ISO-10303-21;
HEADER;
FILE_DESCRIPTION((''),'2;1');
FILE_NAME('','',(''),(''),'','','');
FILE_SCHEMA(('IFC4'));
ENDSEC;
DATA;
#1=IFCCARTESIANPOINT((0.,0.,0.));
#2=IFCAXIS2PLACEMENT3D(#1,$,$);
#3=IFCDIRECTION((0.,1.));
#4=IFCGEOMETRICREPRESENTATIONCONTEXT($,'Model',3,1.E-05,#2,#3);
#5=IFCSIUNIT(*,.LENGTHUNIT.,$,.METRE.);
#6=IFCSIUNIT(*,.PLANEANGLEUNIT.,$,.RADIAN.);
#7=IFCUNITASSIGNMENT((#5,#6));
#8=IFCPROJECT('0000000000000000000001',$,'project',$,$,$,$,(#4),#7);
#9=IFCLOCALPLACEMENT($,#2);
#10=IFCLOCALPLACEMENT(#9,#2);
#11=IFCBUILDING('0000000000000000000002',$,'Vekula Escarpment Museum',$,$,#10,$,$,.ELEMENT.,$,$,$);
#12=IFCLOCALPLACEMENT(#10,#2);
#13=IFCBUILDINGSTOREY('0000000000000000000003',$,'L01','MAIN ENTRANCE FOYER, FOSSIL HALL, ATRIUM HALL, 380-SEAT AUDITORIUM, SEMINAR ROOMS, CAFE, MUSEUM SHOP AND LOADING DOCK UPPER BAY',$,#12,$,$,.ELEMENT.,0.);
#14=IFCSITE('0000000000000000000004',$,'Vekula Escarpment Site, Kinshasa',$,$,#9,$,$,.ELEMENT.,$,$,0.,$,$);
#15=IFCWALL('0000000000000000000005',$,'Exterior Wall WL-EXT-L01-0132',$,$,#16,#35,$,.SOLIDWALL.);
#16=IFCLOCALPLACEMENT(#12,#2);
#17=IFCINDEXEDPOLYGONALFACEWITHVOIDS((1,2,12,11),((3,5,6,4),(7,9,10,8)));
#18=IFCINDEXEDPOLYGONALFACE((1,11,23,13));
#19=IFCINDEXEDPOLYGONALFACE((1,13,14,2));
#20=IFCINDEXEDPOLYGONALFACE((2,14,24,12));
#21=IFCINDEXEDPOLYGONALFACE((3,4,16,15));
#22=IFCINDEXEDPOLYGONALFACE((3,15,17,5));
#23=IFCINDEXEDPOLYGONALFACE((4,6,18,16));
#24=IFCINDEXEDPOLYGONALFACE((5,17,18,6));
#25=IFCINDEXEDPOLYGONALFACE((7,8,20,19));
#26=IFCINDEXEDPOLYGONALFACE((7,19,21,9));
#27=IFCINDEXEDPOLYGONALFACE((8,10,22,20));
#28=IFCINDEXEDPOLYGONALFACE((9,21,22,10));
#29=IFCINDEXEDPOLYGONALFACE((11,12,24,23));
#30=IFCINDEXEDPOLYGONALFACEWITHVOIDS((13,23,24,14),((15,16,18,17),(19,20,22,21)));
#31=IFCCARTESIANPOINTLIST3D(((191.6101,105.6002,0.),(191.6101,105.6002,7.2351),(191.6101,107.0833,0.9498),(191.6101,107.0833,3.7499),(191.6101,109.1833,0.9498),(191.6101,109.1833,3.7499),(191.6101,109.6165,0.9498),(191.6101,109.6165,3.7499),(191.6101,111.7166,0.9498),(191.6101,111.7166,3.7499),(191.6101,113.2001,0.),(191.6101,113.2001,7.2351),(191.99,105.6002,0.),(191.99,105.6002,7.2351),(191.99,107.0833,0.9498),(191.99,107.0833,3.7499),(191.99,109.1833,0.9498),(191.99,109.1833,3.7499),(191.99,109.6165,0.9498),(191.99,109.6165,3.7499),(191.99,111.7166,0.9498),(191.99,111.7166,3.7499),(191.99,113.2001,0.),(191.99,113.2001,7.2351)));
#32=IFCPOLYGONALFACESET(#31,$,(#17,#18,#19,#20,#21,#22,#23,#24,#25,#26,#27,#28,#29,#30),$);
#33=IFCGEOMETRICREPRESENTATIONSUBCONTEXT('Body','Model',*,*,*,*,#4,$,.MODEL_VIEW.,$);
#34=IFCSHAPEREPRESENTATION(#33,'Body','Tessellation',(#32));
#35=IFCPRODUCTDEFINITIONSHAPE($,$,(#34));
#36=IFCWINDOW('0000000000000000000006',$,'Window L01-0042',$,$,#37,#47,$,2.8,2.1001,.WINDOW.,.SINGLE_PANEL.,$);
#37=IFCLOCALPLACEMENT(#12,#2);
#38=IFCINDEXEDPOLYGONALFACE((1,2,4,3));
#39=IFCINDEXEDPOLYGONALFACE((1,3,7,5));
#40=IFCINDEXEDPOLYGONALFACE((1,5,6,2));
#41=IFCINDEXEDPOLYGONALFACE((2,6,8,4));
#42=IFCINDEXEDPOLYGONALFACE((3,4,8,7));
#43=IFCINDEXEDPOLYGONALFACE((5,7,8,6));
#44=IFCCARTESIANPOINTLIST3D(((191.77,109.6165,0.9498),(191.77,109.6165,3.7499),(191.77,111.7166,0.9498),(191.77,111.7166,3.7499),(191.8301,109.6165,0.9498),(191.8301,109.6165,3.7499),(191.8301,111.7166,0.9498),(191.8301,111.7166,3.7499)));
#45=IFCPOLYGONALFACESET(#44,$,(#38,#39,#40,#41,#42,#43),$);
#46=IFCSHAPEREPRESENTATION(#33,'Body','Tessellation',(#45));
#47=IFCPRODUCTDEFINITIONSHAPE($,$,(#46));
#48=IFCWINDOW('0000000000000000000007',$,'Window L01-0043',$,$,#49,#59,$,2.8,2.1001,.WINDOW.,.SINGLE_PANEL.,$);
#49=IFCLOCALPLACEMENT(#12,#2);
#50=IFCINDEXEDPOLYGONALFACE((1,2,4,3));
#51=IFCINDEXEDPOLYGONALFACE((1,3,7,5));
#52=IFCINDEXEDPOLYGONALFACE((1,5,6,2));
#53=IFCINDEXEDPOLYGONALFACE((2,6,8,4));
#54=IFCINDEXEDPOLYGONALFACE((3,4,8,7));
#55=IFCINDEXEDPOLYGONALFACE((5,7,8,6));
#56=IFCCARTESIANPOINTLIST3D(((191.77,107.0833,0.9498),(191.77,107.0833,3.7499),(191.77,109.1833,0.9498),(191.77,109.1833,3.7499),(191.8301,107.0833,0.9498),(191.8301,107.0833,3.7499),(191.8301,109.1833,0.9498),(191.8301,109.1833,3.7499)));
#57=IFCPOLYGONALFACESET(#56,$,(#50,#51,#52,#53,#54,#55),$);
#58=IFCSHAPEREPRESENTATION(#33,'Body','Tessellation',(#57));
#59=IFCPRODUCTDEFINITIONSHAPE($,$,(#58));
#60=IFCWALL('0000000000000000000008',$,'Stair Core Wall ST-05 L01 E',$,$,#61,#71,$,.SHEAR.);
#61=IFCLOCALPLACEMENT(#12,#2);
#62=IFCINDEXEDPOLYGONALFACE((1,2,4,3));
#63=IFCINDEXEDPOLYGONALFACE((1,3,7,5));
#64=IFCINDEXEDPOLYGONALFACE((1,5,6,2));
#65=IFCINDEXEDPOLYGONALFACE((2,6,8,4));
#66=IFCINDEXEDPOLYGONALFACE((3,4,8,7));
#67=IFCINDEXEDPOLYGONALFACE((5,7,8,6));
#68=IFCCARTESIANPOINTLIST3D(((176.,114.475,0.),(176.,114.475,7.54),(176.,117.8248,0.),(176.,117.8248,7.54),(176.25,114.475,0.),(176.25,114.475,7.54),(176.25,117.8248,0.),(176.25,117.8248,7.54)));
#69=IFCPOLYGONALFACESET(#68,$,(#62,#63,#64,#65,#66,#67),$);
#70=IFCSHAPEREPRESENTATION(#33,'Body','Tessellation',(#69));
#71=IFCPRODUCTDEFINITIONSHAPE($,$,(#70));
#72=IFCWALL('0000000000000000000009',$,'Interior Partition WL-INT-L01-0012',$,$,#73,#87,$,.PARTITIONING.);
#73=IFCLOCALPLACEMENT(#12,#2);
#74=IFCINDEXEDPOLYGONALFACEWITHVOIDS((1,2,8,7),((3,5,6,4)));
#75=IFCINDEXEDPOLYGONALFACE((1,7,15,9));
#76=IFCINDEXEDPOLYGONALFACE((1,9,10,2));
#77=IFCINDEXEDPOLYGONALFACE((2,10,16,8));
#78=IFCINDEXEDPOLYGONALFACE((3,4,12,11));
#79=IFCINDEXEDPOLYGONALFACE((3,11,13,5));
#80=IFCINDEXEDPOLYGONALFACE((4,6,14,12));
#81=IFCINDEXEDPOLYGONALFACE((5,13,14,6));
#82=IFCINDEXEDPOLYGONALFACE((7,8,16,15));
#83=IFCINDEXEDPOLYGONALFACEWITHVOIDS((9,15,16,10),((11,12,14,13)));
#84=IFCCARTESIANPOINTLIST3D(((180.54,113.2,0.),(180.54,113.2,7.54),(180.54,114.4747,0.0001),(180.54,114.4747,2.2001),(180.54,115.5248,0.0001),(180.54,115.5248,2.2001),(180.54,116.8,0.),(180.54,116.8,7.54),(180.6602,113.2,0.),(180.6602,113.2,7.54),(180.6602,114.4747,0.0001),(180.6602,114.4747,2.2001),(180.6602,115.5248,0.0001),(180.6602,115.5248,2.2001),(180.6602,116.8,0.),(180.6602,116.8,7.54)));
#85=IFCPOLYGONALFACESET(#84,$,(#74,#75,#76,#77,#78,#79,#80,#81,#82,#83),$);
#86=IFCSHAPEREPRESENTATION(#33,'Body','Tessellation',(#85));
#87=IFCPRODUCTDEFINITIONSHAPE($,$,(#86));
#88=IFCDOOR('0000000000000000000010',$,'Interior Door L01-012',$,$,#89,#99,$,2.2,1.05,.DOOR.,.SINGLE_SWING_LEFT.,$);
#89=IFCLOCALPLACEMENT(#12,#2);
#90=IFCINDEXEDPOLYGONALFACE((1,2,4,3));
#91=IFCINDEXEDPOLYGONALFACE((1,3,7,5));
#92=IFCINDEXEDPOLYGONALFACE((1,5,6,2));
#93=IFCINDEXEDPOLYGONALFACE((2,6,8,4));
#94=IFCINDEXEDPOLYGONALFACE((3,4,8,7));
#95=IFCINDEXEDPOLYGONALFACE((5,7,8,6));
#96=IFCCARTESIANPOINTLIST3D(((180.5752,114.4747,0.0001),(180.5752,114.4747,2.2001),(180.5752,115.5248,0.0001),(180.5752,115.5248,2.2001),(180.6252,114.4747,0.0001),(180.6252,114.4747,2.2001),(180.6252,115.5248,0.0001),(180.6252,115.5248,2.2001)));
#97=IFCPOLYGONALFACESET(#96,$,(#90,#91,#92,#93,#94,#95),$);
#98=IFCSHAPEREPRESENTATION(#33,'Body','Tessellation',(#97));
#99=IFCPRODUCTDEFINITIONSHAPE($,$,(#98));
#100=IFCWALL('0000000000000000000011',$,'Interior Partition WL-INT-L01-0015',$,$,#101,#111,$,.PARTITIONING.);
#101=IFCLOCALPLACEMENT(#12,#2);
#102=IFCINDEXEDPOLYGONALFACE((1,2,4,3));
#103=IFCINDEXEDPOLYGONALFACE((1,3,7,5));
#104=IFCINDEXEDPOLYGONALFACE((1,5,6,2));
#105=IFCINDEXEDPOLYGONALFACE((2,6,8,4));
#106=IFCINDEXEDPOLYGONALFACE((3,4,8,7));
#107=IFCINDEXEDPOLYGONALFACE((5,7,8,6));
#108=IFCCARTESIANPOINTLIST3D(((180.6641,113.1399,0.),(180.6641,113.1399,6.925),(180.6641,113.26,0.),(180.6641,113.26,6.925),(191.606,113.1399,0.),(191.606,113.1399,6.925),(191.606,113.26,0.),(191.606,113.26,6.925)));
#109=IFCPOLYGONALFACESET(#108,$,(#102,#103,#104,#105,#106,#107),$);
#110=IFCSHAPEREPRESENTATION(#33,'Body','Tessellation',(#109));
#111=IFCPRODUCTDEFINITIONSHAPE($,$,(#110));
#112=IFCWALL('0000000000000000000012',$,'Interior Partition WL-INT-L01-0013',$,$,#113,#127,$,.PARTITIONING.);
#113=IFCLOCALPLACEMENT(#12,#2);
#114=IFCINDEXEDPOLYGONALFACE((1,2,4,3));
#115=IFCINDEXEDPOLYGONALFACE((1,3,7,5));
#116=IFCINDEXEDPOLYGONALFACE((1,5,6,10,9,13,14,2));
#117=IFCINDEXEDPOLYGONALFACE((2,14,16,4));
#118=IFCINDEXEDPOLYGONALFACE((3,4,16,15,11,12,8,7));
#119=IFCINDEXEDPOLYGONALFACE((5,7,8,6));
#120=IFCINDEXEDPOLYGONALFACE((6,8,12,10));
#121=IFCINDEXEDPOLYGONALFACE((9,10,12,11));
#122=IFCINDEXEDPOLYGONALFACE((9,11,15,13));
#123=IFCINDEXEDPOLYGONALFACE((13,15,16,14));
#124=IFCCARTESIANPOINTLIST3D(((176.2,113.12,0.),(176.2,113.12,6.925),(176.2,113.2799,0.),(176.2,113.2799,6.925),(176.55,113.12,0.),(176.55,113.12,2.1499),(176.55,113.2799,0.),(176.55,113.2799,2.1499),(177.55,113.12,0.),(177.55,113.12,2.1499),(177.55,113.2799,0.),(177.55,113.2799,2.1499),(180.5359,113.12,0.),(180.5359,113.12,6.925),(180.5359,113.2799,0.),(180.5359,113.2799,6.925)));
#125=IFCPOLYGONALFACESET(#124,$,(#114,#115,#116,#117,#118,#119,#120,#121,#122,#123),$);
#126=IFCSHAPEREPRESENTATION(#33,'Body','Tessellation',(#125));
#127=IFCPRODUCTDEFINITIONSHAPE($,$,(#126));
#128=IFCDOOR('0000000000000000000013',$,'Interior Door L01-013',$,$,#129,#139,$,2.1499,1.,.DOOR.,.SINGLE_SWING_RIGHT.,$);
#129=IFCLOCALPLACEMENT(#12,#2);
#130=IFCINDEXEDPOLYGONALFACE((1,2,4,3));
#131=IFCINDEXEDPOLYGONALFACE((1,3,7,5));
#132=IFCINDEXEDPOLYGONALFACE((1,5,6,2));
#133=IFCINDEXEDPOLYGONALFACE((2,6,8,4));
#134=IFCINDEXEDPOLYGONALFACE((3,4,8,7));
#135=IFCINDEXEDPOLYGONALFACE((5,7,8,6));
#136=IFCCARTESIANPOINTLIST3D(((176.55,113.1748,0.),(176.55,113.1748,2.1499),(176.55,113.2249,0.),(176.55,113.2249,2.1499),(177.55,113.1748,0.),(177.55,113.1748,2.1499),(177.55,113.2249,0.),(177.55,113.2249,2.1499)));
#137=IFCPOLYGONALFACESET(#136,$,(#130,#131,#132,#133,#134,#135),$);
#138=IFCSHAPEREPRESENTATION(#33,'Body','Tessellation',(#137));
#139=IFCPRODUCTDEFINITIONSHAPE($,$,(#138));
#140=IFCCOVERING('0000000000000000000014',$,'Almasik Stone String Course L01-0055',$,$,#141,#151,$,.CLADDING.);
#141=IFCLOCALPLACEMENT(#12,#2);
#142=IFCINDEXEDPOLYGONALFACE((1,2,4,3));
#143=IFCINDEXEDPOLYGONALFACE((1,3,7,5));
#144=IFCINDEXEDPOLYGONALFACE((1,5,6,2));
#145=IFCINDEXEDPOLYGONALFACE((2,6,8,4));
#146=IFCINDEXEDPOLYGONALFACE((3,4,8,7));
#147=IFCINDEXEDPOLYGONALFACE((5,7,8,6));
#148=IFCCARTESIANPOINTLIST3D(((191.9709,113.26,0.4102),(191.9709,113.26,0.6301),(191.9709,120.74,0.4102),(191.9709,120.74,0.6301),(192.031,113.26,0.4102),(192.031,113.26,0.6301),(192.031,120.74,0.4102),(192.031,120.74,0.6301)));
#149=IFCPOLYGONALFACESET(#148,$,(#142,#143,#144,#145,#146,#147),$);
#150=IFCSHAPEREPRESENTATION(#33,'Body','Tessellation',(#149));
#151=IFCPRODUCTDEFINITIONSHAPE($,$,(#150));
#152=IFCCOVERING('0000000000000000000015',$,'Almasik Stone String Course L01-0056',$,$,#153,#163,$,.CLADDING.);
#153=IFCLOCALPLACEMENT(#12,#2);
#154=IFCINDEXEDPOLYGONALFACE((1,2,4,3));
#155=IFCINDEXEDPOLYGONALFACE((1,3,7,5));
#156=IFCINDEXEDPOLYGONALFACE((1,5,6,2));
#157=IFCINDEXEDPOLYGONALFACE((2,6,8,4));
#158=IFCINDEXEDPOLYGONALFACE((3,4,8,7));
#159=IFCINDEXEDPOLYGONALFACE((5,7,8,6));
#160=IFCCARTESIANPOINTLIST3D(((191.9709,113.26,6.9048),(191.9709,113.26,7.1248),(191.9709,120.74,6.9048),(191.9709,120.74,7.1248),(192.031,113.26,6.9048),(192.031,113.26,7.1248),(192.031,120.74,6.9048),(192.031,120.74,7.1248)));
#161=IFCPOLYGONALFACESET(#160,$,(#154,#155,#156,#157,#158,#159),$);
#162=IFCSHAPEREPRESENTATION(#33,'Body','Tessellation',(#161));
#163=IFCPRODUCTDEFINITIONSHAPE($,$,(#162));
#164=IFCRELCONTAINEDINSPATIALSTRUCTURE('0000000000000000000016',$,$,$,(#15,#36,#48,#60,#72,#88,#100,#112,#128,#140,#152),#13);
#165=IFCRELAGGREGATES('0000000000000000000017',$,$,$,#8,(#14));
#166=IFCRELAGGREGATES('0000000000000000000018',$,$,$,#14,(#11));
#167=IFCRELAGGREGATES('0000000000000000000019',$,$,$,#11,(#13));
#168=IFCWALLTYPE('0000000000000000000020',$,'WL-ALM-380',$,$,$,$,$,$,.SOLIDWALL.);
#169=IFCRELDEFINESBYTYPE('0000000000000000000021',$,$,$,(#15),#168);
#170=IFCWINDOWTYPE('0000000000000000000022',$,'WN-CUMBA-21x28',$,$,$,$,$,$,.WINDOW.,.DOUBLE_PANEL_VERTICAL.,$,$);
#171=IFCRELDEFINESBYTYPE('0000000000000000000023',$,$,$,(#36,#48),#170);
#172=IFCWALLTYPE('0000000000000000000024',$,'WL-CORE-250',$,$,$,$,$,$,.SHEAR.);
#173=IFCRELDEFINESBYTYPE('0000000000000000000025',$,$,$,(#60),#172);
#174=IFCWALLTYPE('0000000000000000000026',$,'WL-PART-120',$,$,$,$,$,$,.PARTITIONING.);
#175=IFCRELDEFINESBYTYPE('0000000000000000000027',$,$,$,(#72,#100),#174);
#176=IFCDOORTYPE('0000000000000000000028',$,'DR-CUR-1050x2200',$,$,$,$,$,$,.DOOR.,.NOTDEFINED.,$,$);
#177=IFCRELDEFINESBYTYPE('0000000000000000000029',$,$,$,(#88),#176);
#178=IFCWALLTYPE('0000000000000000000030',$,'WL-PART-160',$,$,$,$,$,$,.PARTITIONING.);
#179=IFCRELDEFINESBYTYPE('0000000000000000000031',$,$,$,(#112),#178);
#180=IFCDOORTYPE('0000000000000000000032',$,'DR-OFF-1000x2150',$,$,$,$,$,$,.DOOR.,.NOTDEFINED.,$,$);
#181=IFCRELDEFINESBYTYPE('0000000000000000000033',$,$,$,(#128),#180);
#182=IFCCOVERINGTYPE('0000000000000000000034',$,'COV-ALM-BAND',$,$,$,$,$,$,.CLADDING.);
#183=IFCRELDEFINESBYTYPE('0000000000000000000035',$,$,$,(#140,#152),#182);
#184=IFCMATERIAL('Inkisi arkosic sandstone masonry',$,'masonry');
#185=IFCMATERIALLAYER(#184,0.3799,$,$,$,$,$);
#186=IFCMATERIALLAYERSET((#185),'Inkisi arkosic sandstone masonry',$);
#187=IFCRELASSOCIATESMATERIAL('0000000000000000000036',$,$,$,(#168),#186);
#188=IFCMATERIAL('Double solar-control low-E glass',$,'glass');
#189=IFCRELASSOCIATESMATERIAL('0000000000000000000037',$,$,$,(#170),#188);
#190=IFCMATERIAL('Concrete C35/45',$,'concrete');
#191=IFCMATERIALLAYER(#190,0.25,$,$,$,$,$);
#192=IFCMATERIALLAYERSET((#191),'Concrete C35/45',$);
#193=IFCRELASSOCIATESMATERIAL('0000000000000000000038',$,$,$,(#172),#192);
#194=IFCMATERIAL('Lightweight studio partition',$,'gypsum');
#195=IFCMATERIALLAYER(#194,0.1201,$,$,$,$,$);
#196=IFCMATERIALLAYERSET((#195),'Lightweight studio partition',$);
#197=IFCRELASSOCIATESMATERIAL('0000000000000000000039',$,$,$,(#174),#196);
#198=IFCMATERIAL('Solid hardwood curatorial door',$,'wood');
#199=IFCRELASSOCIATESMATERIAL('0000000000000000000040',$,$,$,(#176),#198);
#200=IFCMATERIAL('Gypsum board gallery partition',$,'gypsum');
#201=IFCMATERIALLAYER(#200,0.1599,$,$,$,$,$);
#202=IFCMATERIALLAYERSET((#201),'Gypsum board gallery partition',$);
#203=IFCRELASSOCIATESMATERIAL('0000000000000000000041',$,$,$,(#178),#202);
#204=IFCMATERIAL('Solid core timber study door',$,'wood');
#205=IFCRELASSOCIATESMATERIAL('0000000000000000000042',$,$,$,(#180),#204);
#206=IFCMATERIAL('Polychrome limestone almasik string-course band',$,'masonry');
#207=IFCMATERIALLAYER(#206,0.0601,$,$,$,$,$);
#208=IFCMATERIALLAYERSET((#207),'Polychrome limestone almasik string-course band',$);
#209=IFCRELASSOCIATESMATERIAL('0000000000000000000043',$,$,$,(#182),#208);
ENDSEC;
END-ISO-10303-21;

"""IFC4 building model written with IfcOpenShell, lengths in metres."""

from ifc_helpers import new_model, si_unit, direction, frame, frame_2d, origin, origin_2d, place, context, subcontext, project, spatial, rectangle, extrude, material, layer, layer_set, type_object, element, fill, save


model = new_model("IFC4")

# Units and contexts
model_context = context("Model", 3, precision=1e-05, world=origin(), true_north=direction((0.0, 1.0)))
body_context = subcontext(model_context, "Body", "Model", "MODEL_VIEW")
ifc_project = project(units=[si_unit("LENGTHUNIT", "METRE"), si_unit("PLANEANGLEUNIT", "RADIAN")], contexts=[model_context])

# Site, building, storey
site_placement = place(None, origin())
site = spatial("IfcSite", under=ifc_project, at=site_placement, Name="Vekula Escarpment Site, Kinshasa", CompositionType="ELEMENT", RefElevation=0.0)
building_placement = place(site_placement, origin())
building = spatial("IfcBuilding", under=site, at=building_placement, Name="Vekula Escarpment Museum", CompositionType="ELEMENT")
storey_placement = place(building_placement, origin())
storey = spatial("IfcBuildingStorey", under=building, at=storey_placement, Name="L01", Description="MAIN ENTRANCE FOYER, FOSSIL HALL, ATRIUM HALL, 380-SEAT AUDITORIUM, SEMINAR ROOMS, CAFE, MUSEUM SHOP AND LOADING DOCK UPPER BAY", CompositionType="ELEMENT", Elevation=0.0)

# Wall, openings, windows
ifc_material_1 = material(Name="Inkisi arkosic sandstone masonry", Category="masonry")
ifc_layer_1 = layer(ifc_material_1, 0.3799)
ifc_layer_set_1 = layer_set([ifc_layer_1], Name="Inkisi arkosic sandstone masonry")
wall_type_1 = type_object("IfcWallType", Name="WL-ALM-380", PredefinedType="SOLIDWALL", material=ifc_layer_set_1)
wall_1_placement = place(storey_placement, frame((191.8, 113.2, 0.0), z_axis=(0.0, 0.0, 1.0), x_axis=(0.0, -1.0, 0.0)))
wall_1 = element("IfcWall", 1, at=wall_1_placement, inside=storey, type_object=wall_type_1, Name="Exterior Wall WL-EXT-L01-0132", PredefinedType="SOLIDWALL", context=body_context, shape_type="SweptSolid", body=[
    extrude(rectangle(XDim=7.5999, YDim=0.3799, at=frame_2d((3.7998, 0.0))), origin(), (0.0, 0.0, 1.0), 7.2351),
])
opening_1_placement = place(wall_1_placement, frame((1.4834, 0.0, 0.95)))
opening_1 = element("IfcOpeningElement", 2, at=opening_1_placement, cuts=wall_1, PredefinedType="OPENING", context=body_context, shape_type="SweptSolid", body=[
    extrude(rectangle(XDim=2.1001, YDim=2.8, at=frame_2d((1.05, 1.3999))), frame((0.0, 0.2, 0.0), z_axis=(0.0, -1.0, 0.0), x_axis=(1.0, 0.0, 0.0)), (0.0, 0.0, 1.0), 0.3999),
])
opening_2_placement = place(wall_1_placement, frame((4.0166, 0.0, 0.95)))
opening_2 = element("IfcOpeningElement", 3, at=opening_2_placement, cuts=wall_1, PredefinedType="OPENING", context=body_context, shape_type="SweptSolid", body=[
    extrude(rectangle(XDim=2.1001, YDim=2.8, at=frame_2d((1.05, 1.3999))), frame((0.0, 0.2, 0.0), z_axis=(0.0, -1.0, 0.0), x_axis=(1.0, 0.0, 0.0)), (0.0, 0.0, 1.0), 0.3999),
])
ifc_material_2 = material(Name="Double solar-control low-E glass", Category="glass")
window_type = type_object("IfcWindowType", Name="WN-CUMBA-21x28", PartitioningType="DOUBLE_PANEL_VERTICAL", PredefinedType="WINDOW", material=ifc_material_2)
window_1_placement = place(opening_1_placement, origin())
window_1 = element("IfcWindow", 4, at=window_1_placement, inside=storey, type_object=window_type, Name="Window L01-0042", OverallHeight=2.8, OverallWidth=2.1001, PartitioningType="SINGLE_PANEL", PredefinedType="WINDOW", context=body_context, shape_type="SweptSolid", body=[
    extrude(rectangle(XDim=2.1001, YDim=2.8, at=frame_2d((1.05, 1.3999))), frame((0.0, 0.03, 0.0), z_axis=(0.0, -1.0, 0.0), x_axis=(1.0, 0.0, 0.0)), (0.0, 0.0, 1.0), 0.0601),
])
fill(opening_1, window_1)
window_2_placement = place(opening_2_placement, origin())
window_2 = element("IfcWindow", 5, at=window_2_placement, inside=storey, type_object=window_type, Name="Window L01-0043", OverallHeight=2.8, OverallWidth=2.1001, PartitioningType="SINGLE_PANEL", PredefinedType="WINDOW", context=body_context, shape_type="SweptSolid", body=[
    extrude(rectangle(XDim=2.1001, YDim=2.8, at=frame_2d((1.05, 1.3999))), frame((0.0, 0.03, 0.0), z_axis=(0.0, -1.0, 0.0), x_axis=(1.0, 0.0, 0.0)), (0.0, 0.0, 1.0), 0.0601),
])
fill(opening_2, window_2)

# Wall
ifc_material_3 = material(Name="Concrete C35/45", Category="concrete")
ifc_layer_2 = layer(ifc_material_3, 0.25)
ifc_layer_set_2 = layer_set([ifc_layer_2], Name="Concrete C35/45")
wall_type_2 = type_object("IfcWallType", Name="WL-CORE-250", PredefinedType="SHEAR", material=ifc_layer_set_2)
wall_2_placement = place(storey_placement, frame((176.125, 114.4751, 0.0), z_axis=(0.0, 0.0, 1.0), x_axis=(0.0, 1.0, 0.0)))
element("IfcWall", 6, at=wall_2_placement, inside=storey, type_object=wall_type_2, Name="Stair Core Wall ST-05 L01 E", PredefinedType="SHEAR", context=body_context, shape_type="SweptSolid", body=[
    extrude(rectangle(XDim=3.3499, YDim=0.25, at=frame_2d((1.6748, 0.0))), origin(), (0.0, 0.0, 1.0), 7.54),
])

# Wall, opening, door
ifc_material_4 = material(Name="Lightweight studio partition", Category="gypsum")
ifc_layer_3 = layer(ifc_material_4, 0.1201)
ifc_layer_set_3 = layer_set([ifc_layer_3], Name="Lightweight studio partition")
wall_type_3 = type_object("IfcWallType", Name="WL-PART-120", PredefinedType="PARTITIONING", material=ifc_layer_set_3)
wall_3_placement = place(storey_placement, frame((180.6001, 113.2, 0.0), z_axis=(0.0, 0.0, 1.0), x_axis=(0.0, 1.0, 0.0)))
wall_3 = element("IfcWall", 7, at=wall_3_placement, inside=storey, type_object=wall_type_3, Name="Interior Partition WL-INT-L01-0012", PredefinedType="PARTITIONING", context=body_context, shape_type="SweptSolid", body=[
    extrude(rectangle(XDim=3.6001, YDim=0.1201, at=frame_2d((1.8, 0.0))), origin(), (0.0, 0.0, 1.0), 7.54),
])
opening_3_placement = place(wall_3_placement, frame((1.2749, 0.0, 0.0)))
opening_3 = element("IfcOpeningElement", 8, at=opening_3_placement, cuts=wall_3, PredefinedType="OPENING", context=body_context, shape_type="SweptSolid", body=[
    extrude(rectangle(XDim=1.05, YDim=2.2, at=frame_2d((0.5249, 1.1001))), frame((0.0, 0.0701, 0.0), z_axis=(0.0, -1.0, 0.0), x_axis=(1.0, 0.0, 0.0)), (0.0, 0.0, 1.0), 0.1401),
])
ifc_material_5 = material(Name="Solid hardwood curatorial door", Category="wood")
door_type_1 = type_object("IfcDoorType", Name="DR-CUR-1050x2200", OperationType="NOTDEFINED", PredefinedType="DOOR", material=ifc_material_5)
door_1_placement = place(opening_3_placement, origin())
door_1 = element("IfcDoor", 9, at=door_1_placement, inside=storey, type_object=door_type_1, Name="Interior Door L01-012", OperationType="SINGLE_SWING_LEFT", OverallHeight=2.2, OverallWidth=1.05, PredefinedType="DOOR", context=body_context, shape_type="SweptSolid", body=[
    extrude(rectangle(XDim=1.05, YDim=2.2, at=frame_2d((0.5249, 1.1001))), frame((0.0, 0.0249, 0.0), z_axis=(0.0, -1.0, 0.0), x_axis=(1.0, 0.0, 0.0)), (0.0, 0.0, 1.0), 0.05),
])
fill(opening_3, door_1)

# Wall
wall_4_placement = place(storey_placement, frame((180.6641, 113.2, 0.0), z_axis=(0.0, 0.0, 1.0), x_axis=(1.0, 0.0, 0.0)))
element("IfcWall", 10, at=wall_4_placement, inside=storey, type_object=wall_type_3, Name="Interior Partition WL-INT-L01-0015", PredefinedType="PARTITIONING", context=body_context, shape_type="SweptSolid", body=[
    extrude(rectangle(XDim=10.9419, YDim=0.1201, at=frame_2d((5.4709, 0.0))), origin(), (0.0, 0.0, 1.0), 6.925),
])

# Wall, opening, door
ifc_material_6 = material(Name="Gypsum board gallery partition", Category="gypsum")
ifc_layer_4 = layer(ifc_material_6, 0.1599)
ifc_layer_set_4 = layer_set([ifc_layer_4], Name="Gypsum board gallery partition")
wall_type_4 = type_object("IfcWallType", Name="WL-PART-160", PredefinedType="PARTITIONING", material=ifc_layer_set_4)
wall_5_placement = place(storey_placement, frame((176.2, 113.2, 0.0), z_axis=(0.0, 0.0, 1.0), x_axis=(1.0, 0.0, 0.0)))
wall_5 = element("IfcWall", 11, at=wall_5_placement, inside=storey, type_object=wall_type_4, Name="Interior Partition WL-INT-L01-0013", PredefinedType="PARTITIONING", context=body_context, shape_type="SweptSolid", body=[
    extrude(rectangle(XDim=4.3359, YDim=0.1599, at=frame_2d((2.168, 0.0))), origin(), (0.0, 0.0, 1.0), 6.925),
])
opening_4_placement = place(wall_5_placement, frame((0.3501, 0.0, 0.0)))
opening_4 = element("IfcOpeningElement", 12, at=opening_4_placement, cuts=wall_5, PredefinedType="OPENING", context=body_context, shape_type="SweptSolid", body=[
    extrude(rectangle(XDim=1.0, YDim=2.1499, at=frame_2d((0.5, 1.075))), frame((0.0, 0.0898, 0.0), z_axis=(0.0, -1.0, 0.0), x_axis=(1.0, 0.0, 0.0)), (0.0, 0.0, 1.0), 0.1799),
])
ifc_material_7 = material(Name="Solid core timber study door", Category="wood")
door_type_2 = type_object("IfcDoorType", Name="DR-OFF-1000x2150", OperationType="NOTDEFINED", PredefinedType="DOOR", material=ifc_material_7)
door_2_placement = place(opening_4_placement, origin())
door_2 = element("IfcDoor", 13, at=door_2_placement, inside=storey, type_object=door_type_2, Name="Interior Door L01-013", OperationType="SINGLE_SWING_RIGHT", OverallHeight=2.1499, OverallWidth=1.0, PredefinedType="DOOR", context=body_context, shape_type="SweptSolid", body=[
    extrude(rectangle(XDim=1.0, YDim=2.1499, at=frame_2d((0.5, 1.075))), frame((0.0, 0.0249, 0.0), z_axis=(0.0, -1.0, 0.0), x_axis=(1.0, 0.0, 0.0)), (0.0, 0.0, 1.0), 0.05),
])
fill(opening_4, door_2)

# Coverings
ifc_material_8 = material(Name="Polychrome limestone almasik string-course band", Category="masonry")
ifc_layer_5 = layer(ifc_material_8, 0.0601)
ifc_layer_set_5 = layer_set([ifc_layer_5], Name="Polychrome limestone almasik string-course band")
covering_type_1 = type_object("IfcCoveringType", Name="COV-ALM-BAND", PredefinedType="CLADDING", material=ifc_layer_set_5)
for number, where, z_axis, x_axis, name in (
    (14, (192.001, 117.0, 0.4102), (0.0, 0.0, 1.0), (0.0, 1.0, 0.0), "Almasik Stone String Course L01-0055"),
    (15, (192.001, 117.0, 6.9048), (0.0, 0.0, 1.0), (0.0, 1.0, 0.0), "Almasik Stone String Course L01-0056"),
):
    element("IfcCovering", number, at=place(storey_placement, frame(where, z_axis=z_axis, x_axis=x_axis)), inside=storey, type_object=covering_type_1, Name=name, PredefinedType="CLADDING", context=body_context, shape_type="SweptSolid", body=[
        extrude(rectangle(XDim=7.48, YDim=0.0601, at=origin_2d()), origin(), (0.0, 0.0, 1.0), 0.22),
    ])

save(model, "model.ifc")
